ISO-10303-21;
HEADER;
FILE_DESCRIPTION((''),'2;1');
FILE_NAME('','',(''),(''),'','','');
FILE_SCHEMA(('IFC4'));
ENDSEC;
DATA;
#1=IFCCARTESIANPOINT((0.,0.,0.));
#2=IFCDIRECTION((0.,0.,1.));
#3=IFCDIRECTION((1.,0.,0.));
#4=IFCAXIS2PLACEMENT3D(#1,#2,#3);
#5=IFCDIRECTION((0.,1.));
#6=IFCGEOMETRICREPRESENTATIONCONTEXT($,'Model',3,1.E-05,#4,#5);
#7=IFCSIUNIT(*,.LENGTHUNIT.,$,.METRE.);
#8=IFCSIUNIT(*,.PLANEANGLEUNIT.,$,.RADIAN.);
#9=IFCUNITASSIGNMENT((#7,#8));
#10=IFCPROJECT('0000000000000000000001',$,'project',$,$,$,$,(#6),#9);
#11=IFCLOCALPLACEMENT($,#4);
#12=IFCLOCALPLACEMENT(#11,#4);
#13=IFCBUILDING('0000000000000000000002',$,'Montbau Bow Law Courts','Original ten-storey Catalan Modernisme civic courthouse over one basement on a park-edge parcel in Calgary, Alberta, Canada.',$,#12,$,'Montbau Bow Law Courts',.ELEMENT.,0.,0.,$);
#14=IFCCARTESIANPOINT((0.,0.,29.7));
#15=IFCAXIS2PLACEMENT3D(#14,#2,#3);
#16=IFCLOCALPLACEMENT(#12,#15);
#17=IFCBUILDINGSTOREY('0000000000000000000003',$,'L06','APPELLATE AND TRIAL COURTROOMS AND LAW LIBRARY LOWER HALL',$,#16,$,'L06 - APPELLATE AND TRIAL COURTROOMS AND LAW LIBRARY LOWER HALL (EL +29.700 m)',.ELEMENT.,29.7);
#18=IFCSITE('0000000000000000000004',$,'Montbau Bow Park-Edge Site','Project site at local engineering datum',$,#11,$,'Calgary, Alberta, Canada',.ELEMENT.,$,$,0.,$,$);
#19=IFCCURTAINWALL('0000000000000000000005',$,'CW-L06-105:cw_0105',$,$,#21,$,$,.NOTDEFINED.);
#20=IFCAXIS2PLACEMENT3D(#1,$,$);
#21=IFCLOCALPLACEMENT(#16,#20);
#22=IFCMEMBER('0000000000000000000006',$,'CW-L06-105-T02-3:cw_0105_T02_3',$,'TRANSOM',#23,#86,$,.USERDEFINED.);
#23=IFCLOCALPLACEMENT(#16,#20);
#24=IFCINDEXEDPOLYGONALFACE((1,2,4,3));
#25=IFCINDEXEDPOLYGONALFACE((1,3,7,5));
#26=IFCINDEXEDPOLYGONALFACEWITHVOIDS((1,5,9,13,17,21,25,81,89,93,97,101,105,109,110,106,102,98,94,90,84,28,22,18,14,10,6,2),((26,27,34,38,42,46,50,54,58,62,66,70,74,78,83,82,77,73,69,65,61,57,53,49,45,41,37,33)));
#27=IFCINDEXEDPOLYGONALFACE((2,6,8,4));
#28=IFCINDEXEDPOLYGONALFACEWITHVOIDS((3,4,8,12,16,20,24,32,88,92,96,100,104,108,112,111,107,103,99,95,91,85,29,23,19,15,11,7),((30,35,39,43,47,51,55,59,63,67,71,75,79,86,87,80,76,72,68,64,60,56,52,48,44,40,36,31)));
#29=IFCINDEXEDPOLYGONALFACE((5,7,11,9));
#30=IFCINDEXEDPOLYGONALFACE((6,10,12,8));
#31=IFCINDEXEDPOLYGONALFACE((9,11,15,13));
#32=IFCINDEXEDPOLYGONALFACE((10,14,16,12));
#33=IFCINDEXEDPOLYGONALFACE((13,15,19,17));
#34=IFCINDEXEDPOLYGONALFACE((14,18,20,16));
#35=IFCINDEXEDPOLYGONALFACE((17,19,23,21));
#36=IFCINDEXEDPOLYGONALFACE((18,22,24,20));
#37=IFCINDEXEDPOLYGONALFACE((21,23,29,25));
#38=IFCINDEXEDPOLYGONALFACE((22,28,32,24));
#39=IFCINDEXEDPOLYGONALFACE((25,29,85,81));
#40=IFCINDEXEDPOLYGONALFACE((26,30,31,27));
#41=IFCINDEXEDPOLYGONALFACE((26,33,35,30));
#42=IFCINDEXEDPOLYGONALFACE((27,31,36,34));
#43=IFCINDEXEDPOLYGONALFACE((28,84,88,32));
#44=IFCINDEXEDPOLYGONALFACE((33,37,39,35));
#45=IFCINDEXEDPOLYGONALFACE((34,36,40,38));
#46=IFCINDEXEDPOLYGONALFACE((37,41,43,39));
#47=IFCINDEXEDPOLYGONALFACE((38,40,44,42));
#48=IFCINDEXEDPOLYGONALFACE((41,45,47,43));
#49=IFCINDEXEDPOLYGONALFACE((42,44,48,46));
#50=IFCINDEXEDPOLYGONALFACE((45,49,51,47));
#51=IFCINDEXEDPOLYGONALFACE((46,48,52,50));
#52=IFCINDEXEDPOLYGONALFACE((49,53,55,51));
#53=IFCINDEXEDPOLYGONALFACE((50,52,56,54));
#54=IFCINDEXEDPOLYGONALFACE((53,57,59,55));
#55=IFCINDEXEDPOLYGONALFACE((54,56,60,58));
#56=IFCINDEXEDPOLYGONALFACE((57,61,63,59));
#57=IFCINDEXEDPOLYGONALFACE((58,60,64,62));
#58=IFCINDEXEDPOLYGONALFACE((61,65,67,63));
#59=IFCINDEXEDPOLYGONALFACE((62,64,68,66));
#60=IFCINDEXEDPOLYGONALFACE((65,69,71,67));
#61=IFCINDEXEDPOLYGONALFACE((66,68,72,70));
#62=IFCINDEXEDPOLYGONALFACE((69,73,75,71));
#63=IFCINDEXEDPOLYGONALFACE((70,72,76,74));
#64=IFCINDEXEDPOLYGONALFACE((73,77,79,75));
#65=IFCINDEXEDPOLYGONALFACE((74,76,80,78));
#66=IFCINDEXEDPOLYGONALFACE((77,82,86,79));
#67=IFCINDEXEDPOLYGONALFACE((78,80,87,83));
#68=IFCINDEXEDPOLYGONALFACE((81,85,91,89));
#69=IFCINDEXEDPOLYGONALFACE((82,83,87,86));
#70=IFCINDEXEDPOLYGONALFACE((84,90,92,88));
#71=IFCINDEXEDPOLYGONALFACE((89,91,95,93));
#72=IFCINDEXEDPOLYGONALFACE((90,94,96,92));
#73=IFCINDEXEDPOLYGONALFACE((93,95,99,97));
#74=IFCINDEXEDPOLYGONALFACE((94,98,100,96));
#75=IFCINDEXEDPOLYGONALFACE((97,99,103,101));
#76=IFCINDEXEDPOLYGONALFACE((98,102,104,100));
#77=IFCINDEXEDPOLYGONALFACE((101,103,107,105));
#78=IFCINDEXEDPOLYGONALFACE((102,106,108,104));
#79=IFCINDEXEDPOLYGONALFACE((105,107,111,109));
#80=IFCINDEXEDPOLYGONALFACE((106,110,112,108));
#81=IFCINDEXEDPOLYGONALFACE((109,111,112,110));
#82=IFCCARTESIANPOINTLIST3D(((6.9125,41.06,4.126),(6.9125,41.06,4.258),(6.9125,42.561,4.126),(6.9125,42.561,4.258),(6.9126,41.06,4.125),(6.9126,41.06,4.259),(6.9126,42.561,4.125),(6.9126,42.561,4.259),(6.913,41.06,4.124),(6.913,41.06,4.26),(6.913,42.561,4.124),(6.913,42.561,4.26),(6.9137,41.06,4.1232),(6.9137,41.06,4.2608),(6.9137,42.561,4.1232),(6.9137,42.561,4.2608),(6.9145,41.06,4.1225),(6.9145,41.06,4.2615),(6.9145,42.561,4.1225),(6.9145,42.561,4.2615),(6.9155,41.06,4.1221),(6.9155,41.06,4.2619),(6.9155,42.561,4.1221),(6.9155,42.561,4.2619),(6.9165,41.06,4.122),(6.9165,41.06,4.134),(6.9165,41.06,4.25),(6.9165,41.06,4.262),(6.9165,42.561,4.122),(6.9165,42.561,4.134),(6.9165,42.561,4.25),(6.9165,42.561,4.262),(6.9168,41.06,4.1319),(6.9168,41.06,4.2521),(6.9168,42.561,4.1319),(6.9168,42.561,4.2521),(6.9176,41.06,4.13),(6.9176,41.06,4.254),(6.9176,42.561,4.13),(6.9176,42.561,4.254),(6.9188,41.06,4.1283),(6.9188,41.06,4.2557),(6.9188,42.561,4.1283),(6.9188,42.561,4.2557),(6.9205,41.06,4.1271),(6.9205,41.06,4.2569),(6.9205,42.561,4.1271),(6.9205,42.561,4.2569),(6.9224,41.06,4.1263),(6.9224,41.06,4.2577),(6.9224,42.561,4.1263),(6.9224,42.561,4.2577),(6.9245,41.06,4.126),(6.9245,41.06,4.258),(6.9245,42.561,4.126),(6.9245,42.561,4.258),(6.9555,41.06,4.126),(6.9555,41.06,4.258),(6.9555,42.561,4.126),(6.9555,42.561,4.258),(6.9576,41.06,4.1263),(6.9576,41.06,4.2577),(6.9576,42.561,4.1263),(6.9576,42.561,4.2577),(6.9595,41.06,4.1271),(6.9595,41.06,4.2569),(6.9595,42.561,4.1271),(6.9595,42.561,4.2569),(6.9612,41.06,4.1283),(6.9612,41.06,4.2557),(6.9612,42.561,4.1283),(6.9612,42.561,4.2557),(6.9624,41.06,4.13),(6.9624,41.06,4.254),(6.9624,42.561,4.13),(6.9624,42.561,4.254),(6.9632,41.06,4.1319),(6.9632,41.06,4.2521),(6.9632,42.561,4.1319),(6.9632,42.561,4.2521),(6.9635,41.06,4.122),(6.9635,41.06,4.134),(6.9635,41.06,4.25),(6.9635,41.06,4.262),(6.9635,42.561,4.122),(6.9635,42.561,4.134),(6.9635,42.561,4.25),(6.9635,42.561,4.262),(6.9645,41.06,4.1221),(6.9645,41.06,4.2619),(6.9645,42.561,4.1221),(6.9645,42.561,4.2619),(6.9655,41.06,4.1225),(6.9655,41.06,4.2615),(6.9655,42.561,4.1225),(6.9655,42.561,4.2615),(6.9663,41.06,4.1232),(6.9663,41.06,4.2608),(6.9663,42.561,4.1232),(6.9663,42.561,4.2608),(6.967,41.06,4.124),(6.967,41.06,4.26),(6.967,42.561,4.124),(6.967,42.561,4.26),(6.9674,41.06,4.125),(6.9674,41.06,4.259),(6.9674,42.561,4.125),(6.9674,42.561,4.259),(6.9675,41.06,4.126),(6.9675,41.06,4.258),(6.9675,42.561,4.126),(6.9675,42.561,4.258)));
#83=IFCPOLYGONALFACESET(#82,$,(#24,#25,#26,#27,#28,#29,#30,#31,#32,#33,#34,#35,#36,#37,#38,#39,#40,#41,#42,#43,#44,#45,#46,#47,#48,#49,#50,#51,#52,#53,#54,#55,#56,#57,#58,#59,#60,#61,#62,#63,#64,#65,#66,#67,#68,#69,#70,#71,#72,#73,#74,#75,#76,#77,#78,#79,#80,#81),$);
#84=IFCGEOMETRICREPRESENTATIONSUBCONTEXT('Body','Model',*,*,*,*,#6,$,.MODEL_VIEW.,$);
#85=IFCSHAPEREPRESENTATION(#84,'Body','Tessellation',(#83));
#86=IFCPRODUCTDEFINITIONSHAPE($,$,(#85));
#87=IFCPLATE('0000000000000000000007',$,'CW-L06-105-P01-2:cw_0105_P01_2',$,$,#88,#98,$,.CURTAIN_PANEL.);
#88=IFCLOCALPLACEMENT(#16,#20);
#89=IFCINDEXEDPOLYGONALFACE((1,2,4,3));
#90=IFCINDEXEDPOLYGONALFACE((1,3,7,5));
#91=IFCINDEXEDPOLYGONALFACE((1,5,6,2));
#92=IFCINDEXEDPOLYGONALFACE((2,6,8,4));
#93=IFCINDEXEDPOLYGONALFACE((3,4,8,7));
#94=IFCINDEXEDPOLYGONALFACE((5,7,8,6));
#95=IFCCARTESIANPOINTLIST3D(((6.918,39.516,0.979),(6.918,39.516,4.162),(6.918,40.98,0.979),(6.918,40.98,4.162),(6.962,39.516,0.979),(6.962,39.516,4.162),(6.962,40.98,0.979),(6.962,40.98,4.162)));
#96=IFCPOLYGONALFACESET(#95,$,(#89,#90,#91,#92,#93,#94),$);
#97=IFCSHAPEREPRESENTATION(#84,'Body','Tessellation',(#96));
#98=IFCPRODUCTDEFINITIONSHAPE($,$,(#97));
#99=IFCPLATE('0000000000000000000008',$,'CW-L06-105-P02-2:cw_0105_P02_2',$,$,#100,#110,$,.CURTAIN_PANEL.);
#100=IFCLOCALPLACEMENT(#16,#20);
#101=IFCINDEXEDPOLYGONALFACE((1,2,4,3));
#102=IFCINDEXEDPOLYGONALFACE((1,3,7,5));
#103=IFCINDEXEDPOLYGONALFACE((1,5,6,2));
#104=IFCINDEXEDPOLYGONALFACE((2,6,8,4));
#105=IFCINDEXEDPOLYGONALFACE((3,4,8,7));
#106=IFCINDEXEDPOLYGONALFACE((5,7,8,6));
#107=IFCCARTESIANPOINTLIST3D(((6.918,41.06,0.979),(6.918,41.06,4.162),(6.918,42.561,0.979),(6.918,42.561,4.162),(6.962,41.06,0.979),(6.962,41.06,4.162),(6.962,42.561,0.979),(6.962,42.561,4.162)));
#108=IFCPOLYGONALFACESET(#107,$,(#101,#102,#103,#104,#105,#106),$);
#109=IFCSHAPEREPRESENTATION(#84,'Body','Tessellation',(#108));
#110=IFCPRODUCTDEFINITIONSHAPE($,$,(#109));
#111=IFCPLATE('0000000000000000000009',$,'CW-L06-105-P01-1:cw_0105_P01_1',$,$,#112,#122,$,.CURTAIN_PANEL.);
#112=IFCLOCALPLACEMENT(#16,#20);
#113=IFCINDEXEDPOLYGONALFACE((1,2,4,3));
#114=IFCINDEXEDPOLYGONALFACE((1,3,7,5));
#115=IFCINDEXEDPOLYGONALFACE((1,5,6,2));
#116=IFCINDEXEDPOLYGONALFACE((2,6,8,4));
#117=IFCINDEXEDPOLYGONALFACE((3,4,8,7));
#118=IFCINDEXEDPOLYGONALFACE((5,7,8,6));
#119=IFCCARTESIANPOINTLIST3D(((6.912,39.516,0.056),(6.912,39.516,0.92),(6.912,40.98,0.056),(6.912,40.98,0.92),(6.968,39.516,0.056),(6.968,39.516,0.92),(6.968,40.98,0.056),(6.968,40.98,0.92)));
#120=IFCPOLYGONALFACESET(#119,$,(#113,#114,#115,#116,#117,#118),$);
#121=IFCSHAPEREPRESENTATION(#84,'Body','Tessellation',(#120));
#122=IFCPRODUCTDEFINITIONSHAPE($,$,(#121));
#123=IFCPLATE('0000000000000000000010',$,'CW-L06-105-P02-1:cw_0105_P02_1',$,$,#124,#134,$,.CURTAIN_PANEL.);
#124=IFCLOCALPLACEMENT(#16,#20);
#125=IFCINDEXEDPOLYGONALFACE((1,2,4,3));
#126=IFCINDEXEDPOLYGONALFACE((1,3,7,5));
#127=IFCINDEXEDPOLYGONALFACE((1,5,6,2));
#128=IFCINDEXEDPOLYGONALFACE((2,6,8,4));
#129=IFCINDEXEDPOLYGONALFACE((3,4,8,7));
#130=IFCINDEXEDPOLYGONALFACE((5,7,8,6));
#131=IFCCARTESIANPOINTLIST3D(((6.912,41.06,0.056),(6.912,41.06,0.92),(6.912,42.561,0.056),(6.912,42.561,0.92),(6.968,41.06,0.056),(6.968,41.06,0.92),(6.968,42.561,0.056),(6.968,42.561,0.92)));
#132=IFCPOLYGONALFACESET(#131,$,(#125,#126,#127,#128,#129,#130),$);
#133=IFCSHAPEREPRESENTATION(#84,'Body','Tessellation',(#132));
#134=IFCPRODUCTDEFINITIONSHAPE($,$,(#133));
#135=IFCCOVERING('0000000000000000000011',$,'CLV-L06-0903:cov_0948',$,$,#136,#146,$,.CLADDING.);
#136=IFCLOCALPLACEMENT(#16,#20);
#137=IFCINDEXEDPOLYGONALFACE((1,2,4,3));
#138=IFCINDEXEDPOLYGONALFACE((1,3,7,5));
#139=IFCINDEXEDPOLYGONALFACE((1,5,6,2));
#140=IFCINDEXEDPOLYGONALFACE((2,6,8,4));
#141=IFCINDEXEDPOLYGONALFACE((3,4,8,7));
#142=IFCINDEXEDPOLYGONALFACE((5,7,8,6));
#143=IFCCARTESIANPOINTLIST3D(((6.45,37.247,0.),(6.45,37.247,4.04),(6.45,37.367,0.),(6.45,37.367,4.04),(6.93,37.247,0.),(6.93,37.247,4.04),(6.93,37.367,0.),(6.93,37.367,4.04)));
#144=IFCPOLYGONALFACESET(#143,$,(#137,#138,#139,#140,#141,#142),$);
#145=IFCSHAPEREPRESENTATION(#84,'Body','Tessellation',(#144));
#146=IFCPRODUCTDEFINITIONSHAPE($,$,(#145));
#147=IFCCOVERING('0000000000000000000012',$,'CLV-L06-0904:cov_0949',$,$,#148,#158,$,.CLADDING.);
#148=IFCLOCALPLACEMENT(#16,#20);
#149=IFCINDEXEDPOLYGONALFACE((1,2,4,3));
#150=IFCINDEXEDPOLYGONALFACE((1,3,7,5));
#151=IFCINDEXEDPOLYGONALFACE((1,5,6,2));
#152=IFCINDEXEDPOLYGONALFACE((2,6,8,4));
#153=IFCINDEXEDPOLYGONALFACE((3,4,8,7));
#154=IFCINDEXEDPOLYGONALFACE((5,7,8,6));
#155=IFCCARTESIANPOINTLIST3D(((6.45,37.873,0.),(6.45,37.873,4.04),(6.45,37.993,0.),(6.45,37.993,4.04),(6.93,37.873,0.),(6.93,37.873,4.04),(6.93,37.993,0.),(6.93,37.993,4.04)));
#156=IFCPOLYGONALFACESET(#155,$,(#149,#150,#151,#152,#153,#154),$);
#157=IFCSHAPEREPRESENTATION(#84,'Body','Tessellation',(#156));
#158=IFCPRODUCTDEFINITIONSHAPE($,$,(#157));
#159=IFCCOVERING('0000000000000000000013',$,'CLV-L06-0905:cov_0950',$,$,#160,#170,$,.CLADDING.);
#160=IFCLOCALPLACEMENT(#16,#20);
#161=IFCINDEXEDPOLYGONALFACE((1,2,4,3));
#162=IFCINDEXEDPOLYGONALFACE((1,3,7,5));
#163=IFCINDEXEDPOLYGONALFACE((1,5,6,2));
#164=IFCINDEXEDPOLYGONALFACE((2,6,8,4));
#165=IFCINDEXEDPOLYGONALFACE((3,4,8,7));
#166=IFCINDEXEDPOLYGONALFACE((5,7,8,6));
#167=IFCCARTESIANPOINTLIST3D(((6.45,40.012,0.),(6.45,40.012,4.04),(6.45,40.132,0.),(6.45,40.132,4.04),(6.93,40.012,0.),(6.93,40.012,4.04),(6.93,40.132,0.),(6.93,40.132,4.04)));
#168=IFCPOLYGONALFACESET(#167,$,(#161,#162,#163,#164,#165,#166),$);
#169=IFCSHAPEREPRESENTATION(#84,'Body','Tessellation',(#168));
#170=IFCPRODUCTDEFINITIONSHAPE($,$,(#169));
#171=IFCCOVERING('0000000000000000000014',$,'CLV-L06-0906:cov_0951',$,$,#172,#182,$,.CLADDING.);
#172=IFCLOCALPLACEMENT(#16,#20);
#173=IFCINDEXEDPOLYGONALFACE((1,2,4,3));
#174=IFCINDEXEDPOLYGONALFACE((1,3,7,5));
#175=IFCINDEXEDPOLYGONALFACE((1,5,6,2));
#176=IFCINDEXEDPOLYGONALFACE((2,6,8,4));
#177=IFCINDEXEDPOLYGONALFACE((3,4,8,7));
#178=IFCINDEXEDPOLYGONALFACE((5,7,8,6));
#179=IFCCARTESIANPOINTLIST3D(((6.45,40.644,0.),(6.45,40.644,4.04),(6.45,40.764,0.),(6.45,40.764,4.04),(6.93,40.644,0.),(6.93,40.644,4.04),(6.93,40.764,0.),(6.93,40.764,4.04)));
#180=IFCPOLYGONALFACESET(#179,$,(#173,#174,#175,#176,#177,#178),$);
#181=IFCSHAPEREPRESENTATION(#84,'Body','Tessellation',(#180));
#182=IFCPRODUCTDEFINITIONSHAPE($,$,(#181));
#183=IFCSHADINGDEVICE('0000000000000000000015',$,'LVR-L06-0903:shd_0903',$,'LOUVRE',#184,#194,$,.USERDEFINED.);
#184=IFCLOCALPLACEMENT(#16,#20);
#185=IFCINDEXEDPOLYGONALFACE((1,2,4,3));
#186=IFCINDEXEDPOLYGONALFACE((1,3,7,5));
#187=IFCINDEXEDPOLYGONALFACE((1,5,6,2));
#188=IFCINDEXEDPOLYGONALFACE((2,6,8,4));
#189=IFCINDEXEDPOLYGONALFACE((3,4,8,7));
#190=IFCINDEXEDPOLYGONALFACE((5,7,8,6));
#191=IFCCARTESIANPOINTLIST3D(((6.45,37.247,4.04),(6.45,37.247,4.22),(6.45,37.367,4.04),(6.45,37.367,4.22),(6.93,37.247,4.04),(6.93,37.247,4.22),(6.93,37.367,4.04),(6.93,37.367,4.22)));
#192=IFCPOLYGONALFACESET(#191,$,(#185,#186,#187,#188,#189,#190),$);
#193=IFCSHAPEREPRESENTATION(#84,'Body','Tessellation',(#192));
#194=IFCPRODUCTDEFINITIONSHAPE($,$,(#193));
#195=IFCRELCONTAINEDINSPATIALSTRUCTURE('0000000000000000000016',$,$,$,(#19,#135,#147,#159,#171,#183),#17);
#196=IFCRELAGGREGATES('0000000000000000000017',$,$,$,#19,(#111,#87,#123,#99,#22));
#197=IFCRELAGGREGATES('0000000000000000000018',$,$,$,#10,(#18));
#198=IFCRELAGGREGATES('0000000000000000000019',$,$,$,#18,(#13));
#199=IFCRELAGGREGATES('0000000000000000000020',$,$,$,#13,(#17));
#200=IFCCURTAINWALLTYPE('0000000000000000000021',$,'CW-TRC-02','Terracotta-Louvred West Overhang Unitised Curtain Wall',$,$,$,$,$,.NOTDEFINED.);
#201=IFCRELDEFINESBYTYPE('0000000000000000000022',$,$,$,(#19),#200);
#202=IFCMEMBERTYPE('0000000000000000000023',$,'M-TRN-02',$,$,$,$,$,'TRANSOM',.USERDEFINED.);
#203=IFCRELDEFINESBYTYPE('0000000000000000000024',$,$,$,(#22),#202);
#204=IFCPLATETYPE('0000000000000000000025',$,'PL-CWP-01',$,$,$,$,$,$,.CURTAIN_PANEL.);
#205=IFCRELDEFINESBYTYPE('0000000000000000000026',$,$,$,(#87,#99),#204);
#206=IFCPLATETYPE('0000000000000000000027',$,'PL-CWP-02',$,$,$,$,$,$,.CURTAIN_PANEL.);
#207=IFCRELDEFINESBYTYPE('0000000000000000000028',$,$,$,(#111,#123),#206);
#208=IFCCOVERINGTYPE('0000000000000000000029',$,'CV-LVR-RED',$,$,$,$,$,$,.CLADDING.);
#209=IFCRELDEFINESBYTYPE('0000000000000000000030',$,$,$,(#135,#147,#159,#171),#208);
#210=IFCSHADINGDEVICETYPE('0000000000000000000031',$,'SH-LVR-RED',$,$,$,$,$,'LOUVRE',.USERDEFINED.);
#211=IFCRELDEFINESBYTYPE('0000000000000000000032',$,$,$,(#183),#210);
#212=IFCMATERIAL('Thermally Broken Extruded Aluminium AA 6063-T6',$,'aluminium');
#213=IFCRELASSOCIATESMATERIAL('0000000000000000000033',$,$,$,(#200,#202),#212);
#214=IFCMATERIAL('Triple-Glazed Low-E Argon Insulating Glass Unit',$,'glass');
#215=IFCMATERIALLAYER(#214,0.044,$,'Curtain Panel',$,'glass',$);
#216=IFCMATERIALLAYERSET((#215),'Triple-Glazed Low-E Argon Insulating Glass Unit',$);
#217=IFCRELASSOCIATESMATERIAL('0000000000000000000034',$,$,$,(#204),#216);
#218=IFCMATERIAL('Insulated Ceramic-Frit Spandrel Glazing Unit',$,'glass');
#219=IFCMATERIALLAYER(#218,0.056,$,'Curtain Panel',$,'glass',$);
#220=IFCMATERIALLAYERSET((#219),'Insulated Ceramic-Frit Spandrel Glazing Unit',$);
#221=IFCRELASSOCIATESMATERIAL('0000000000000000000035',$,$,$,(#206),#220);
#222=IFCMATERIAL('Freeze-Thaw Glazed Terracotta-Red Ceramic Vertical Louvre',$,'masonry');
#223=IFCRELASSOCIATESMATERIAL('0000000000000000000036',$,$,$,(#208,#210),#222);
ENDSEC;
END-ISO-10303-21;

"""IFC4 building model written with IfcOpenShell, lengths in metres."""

from ifc_helpers import new_model, si_unit, direction, frame, frame_2d, origin_with_axes, origin_2d_with_axis, place, context, subcontext, project, spatial, rectangle, hollow_rectangle, extrude, material, layer, layer_set, material_profile, profile_set, type_object, element, aggregate, save


model = new_model("IFC4")

# Units and contexts
model_context = context("Model", 3, precision=1e-05, world=origin_with_axes(), true_north=direction((0.0, 1.0)))
body_context = subcontext(model_context, "Body", "Model", "MODEL_VIEW")
ifc_project = project(units=[si_unit("LENGTHUNIT", "METRE"), si_unit("PLANEANGLEUNIT", "RADIAN")], contexts=[model_context])

# Site, building, storey
site_placement = place(None, origin_with_axes())
site = spatial("IfcSite", under=ifc_project, at=site_placement, Name="Montbau Bow Park-Edge Site", Description="Project site at local engineering datum", LongName="Calgary, Alberta, Canada", CompositionType="ELEMENT", RefElevation=0.0)
building_placement = place(site_placement, origin_with_axes())
building = spatial("IfcBuilding", under=site, at=building_placement, Name="Montbau Bow Law Courts", Description="Original ten-storey Catalan Modernisme civic courthouse over one basement on a park-edge parcel in Calgary, Alberta, Canada.", LongName="Montbau Bow Law Courts", CompositionType="ELEMENT", ElevationOfRefHeight=0.0, ElevationOfTerrain=0.0)
storey_placement = place(building_placement, frame((0.0, 0.0, 29.7), z_axis=(0.0, 0.0, 1.0), x_axis=(1.0, 0.0, 0.0)))
storey = spatial("IfcBuildingStorey", under=building, at=storey_placement, Name="L06", Description="APPELLATE AND TRIAL COURTROOMS AND LAW LIBRARY LOWER HALL", LongName="L06 - APPELLATE AND TRIAL COURTROOMS AND LAW LIBRARY LOWER HALL (EL +29.700 m)", CompositionType="ELEMENT", Elevation=29.7)

# Curtain wall
ifc_material_1 = material(Name="Thermally Broken Extruded Aluminium AA 6063-T6", Category="aluminium")
curtain_wall_type = type_object("IfcCurtainWallType", Name="CW-TRC-02", Description="Terracotta-Louvred West Overhang Unitised Curtain Wall", PredefinedType="NOTDEFINED", material=ifc_material_1)
curtain_wall_1_placement = place(None, frame((6.94, 39.44, 29.7), z_axis=(0.0, 0.0, 1.0), x_axis=(1.0, 0.0, 0.0)))
curtain_wall_1 = element("IfcCurtainWall", 1, at=curtain_wall_1_placement, inside=storey, type_object=curtain_wall_type, Name="CW-L06-105:cw_0105", PredefinedType="NOTDEFINED")

# Member
ifc_material_profile_1 = material_profile(ifc_material_1, hollow_rectangle(XDim=0.055, YDim=0.14, WallThickness=0.004, InnerFilletRadius=0.008, OuterFilletRadius=0.004, at=origin_2d_with_axis()), Name="CWT-140X55", Category="Main", Priority=0)
ifc_profile_set_1 = profile_set([ifc_material_profile_1], Name="Thermally Broken Extruded Aluminium AA 6063-T6")
member_type_1 = type_object("IfcMemberType", Name="M-TRN-02", ElementType="TRANSOM", PredefinedType="USERDEFINED", material=ifc_profile_set_1)
member_1_placement = place(None, frame((6.94, 41.06, 33.892), z_axis=(0.0, 1.0, 0.0), x_axis=(-1.0, 0.0, 0.0)))
member_1 = element("IfcMember", 2, at=member_1_placement, type_object=member_type_1, Name="CW-L06-105-T02-3:cw_0105_T02_3", ObjectType="TRANSOM", PredefinedType="USERDEFINED", context=body_context, shape_type="SweptSolid", body=[
    extrude(hollow_rectangle(XDim=0.055, YDim=0.14, WallThickness=0.004, InnerFilletRadius=0.008, OuterFilletRadius=0.004, at=origin_2d_with_axis()), origin_with_axes(), (0.0, 0.0, 1.0), 1.501),
])

# Plates
ifc_material_2 = material(Name="Triple-Glazed Low-E Argon Insulating Glass Unit", Category="glass")
ifc_layer_1 = layer(ifc_material_2, 0.044, Name="Curtain Panel", Category="glass")
ifc_layer_set_1 = layer_set([ifc_layer_1], Name="Triple-Glazed Low-E Argon Insulating Glass Unit")
plate_type_1 = type_object("IfcPlateType", Name="PL-CWP-01", PredefinedType="CURTAIN_PANEL", material=ifc_layer_set_1)
plate_1_placement = place(None, frame((6.94, 39.516, 30.679), z_axis=(1.0, 0.0, 0.0), x_axis=(0.0, 1.0, 0.0)))
plate_1 = element("IfcPlate", 3, at=plate_1_placement, type_object=plate_type_1, Name="CW-L06-105-P01-2:cw_0105_P01_2", PredefinedType="CURTAIN_PANEL", context=body_context, shape_type="SweptSolid", body=[
    extrude(rectangle(XDim=1.464, YDim=3.183, at=frame_2d((0.732, 1.5915), x_axis=(1.0, 0.0))), frame((0.0, 0.0, -0.022), z_axis=(0.0, 0.0, 1.0), x_axis=(1.0, 0.0, 0.0)), (0.0, 0.0, 1.0), 0.044),
])
plate_2_placement = place(None, frame((6.94, 41.06, 30.679), z_axis=(1.0, 0.0, 0.0), x_axis=(0.0, 1.0, 0.0)))
plate_2 = element("IfcPlate", 4, at=plate_2_placement, type_object=plate_type_1, Name="CW-L06-105-P02-2:cw_0105_P02_2", PredefinedType="CURTAIN_PANEL", context=body_context, shape_type="SweptSolid", body=[
    extrude(rectangle(XDim=1.501, YDim=3.183, at=frame_2d((0.7505, 1.5915), x_axis=(1.0, 0.0))), frame((0.0, 0.0, -0.022), z_axis=(0.0, 0.0, 1.0), x_axis=(1.0, 0.0, 0.0)), (0.0, 0.0, 1.0), 0.044),
])
ifc_material_3 = material(Name="Insulated Ceramic-Frit Spandrel Glazing Unit", Category="glass")
ifc_layer_2 = layer(ifc_material_3, 0.056, Name="Curtain Panel", Category="glass")
ifc_layer_set_2 = layer_set([ifc_layer_2], Name="Insulated Ceramic-Frit Spandrel Glazing Unit")
plate_type_2 = type_object("IfcPlateType", Name="PL-CWP-02", PredefinedType="CURTAIN_PANEL", material=ifc_layer_set_2)
plate_3_placement = place(None, frame((6.94, 39.516, 29.756), z_axis=(1.0, 0.0, 0.0), x_axis=(0.0, 1.0, 0.0)))
plate_3 = element("IfcPlate", 5, at=plate_3_placement, type_object=plate_type_2, Name="CW-L06-105-P01-1:cw_0105_P01_1", PredefinedType="CURTAIN_PANEL", context=body_context, shape_type="SweptSolid", body=[
    extrude(rectangle(XDim=1.464, YDim=0.864, at=frame_2d((0.732, 0.432), x_axis=(1.0, 0.0))), frame((0.0, 0.0, -0.028), z_axis=(0.0, 0.0, 1.0), x_axis=(1.0, 0.0, 0.0)), (0.0, 0.0, 1.0), 0.056),
])
plate_4_placement = place(None, frame((6.94, 41.06, 29.756), z_axis=(1.0, 0.0, 0.0), x_axis=(0.0, 1.0, 0.0)))
plate_4 = element("IfcPlate", 6, at=plate_4_placement, type_object=plate_type_2, Name="CW-L06-105-P02-1:cw_0105_P02_1", PredefinedType="CURTAIN_PANEL", context=body_context, shape_type="SweptSolid", body=[
    extrude(rectangle(XDim=1.501, YDim=0.864, at=frame_2d((0.7505, 0.432), x_axis=(1.0, 0.0))), frame((0.0, 0.0, -0.028), z_axis=(0.0, 0.0, 1.0), x_axis=(1.0, 0.0, 0.0)), (0.0, 0.0, 1.0), 0.056),
])
aggregate(curtain_wall_1, [plate_3, plate_1, plate_4, plate_2, member_1])

# Coverings
ifc_material_4 = material(Name="Freeze-Thaw Glazed Terracotta-Red Ceramic Vertical Louvre", Category="masonry")
covering_type = type_object("IfcCoveringType", Name="CV-LVR-RED", PredefinedType="CLADDING", material=ifc_material_4)
for number, where, z_axis, x_axis, name in (
    (7, (6.93, 37.307, 29.7), (0.0, 1.0, 0.0), (-1.0, 0.0, 0.0), "CLV-L06-0903:cov_0948"),
    (8, (6.93, 37.933, 29.7), (0.0, 1.0, 0.0), (-1.0, 0.0, 0.0), "CLV-L06-0904:cov_0949"),
    (9, (6.93, 40.072, 29.7), (0.0, 1.0, 0.0), (-1.0, 0.0, 0.0), "CLV-L06-0905:cov_0950"),
    (10, (6.93, 40.704, 29.7), (0.0, 1.0, 0.0), (-1.0, 0.0, 0.0), "CLV-L06-0906:cov_0951"),
):
    element("IfcCovering", number, at=place(None, frame(where, z_axis=z_axis, x_axis=x_axis)), inside=storey, type_object=covering_type, Name=name, PredefinedType="CLADDING", context=body_context, shape_type="SweptSolid", body=[
        extrude(rectangle(XDim=0.48, YDim=4.04, at=frame_2d((0.24, 2.02), x_axis=(1.0, 0.0))), frame((0.0, 0.0, -0.06), z_axis=(0.0, 0.0, 1.0), x_axis=(1.0, 0.0, 0.0)), (0.0, 0.0, 1.0), 0.12),
    ])

# Shading device
shading_device_type = type_object("IfcShadingDeviceType", Name="SH-LVR-RED", ElementType="LOUVRE", PredefinedType="USERDEFINED", material=ifc_material_4)
for number, where, z_axis, x_axis, name in (
    (11, (6.69, 37.307, 33.74), (0.0, 0.0, 1.0), (-1.0, 0.0, 0.0), "LVR-L06-0903:shd_0903"),
):
    element("IfcShadingDevice", number, at=place(None, frame(where, z_axis=z_axis, x_axis=x_axis)), inside=storey, type_object=shading_device_type, Name=name, ObjectType="LOUVRE", PredefinedType="USERDEFINED", context=body_context, shape_type="SweptSolid", body=[
        extrude(rectangle(XDim=0.48, YDim=0.12, at=origin_2d_with_axis()), origin_with_axes(), (0.0, 0.0, 1.0), 0.18),
    ])

save(model, "model.ifc")
